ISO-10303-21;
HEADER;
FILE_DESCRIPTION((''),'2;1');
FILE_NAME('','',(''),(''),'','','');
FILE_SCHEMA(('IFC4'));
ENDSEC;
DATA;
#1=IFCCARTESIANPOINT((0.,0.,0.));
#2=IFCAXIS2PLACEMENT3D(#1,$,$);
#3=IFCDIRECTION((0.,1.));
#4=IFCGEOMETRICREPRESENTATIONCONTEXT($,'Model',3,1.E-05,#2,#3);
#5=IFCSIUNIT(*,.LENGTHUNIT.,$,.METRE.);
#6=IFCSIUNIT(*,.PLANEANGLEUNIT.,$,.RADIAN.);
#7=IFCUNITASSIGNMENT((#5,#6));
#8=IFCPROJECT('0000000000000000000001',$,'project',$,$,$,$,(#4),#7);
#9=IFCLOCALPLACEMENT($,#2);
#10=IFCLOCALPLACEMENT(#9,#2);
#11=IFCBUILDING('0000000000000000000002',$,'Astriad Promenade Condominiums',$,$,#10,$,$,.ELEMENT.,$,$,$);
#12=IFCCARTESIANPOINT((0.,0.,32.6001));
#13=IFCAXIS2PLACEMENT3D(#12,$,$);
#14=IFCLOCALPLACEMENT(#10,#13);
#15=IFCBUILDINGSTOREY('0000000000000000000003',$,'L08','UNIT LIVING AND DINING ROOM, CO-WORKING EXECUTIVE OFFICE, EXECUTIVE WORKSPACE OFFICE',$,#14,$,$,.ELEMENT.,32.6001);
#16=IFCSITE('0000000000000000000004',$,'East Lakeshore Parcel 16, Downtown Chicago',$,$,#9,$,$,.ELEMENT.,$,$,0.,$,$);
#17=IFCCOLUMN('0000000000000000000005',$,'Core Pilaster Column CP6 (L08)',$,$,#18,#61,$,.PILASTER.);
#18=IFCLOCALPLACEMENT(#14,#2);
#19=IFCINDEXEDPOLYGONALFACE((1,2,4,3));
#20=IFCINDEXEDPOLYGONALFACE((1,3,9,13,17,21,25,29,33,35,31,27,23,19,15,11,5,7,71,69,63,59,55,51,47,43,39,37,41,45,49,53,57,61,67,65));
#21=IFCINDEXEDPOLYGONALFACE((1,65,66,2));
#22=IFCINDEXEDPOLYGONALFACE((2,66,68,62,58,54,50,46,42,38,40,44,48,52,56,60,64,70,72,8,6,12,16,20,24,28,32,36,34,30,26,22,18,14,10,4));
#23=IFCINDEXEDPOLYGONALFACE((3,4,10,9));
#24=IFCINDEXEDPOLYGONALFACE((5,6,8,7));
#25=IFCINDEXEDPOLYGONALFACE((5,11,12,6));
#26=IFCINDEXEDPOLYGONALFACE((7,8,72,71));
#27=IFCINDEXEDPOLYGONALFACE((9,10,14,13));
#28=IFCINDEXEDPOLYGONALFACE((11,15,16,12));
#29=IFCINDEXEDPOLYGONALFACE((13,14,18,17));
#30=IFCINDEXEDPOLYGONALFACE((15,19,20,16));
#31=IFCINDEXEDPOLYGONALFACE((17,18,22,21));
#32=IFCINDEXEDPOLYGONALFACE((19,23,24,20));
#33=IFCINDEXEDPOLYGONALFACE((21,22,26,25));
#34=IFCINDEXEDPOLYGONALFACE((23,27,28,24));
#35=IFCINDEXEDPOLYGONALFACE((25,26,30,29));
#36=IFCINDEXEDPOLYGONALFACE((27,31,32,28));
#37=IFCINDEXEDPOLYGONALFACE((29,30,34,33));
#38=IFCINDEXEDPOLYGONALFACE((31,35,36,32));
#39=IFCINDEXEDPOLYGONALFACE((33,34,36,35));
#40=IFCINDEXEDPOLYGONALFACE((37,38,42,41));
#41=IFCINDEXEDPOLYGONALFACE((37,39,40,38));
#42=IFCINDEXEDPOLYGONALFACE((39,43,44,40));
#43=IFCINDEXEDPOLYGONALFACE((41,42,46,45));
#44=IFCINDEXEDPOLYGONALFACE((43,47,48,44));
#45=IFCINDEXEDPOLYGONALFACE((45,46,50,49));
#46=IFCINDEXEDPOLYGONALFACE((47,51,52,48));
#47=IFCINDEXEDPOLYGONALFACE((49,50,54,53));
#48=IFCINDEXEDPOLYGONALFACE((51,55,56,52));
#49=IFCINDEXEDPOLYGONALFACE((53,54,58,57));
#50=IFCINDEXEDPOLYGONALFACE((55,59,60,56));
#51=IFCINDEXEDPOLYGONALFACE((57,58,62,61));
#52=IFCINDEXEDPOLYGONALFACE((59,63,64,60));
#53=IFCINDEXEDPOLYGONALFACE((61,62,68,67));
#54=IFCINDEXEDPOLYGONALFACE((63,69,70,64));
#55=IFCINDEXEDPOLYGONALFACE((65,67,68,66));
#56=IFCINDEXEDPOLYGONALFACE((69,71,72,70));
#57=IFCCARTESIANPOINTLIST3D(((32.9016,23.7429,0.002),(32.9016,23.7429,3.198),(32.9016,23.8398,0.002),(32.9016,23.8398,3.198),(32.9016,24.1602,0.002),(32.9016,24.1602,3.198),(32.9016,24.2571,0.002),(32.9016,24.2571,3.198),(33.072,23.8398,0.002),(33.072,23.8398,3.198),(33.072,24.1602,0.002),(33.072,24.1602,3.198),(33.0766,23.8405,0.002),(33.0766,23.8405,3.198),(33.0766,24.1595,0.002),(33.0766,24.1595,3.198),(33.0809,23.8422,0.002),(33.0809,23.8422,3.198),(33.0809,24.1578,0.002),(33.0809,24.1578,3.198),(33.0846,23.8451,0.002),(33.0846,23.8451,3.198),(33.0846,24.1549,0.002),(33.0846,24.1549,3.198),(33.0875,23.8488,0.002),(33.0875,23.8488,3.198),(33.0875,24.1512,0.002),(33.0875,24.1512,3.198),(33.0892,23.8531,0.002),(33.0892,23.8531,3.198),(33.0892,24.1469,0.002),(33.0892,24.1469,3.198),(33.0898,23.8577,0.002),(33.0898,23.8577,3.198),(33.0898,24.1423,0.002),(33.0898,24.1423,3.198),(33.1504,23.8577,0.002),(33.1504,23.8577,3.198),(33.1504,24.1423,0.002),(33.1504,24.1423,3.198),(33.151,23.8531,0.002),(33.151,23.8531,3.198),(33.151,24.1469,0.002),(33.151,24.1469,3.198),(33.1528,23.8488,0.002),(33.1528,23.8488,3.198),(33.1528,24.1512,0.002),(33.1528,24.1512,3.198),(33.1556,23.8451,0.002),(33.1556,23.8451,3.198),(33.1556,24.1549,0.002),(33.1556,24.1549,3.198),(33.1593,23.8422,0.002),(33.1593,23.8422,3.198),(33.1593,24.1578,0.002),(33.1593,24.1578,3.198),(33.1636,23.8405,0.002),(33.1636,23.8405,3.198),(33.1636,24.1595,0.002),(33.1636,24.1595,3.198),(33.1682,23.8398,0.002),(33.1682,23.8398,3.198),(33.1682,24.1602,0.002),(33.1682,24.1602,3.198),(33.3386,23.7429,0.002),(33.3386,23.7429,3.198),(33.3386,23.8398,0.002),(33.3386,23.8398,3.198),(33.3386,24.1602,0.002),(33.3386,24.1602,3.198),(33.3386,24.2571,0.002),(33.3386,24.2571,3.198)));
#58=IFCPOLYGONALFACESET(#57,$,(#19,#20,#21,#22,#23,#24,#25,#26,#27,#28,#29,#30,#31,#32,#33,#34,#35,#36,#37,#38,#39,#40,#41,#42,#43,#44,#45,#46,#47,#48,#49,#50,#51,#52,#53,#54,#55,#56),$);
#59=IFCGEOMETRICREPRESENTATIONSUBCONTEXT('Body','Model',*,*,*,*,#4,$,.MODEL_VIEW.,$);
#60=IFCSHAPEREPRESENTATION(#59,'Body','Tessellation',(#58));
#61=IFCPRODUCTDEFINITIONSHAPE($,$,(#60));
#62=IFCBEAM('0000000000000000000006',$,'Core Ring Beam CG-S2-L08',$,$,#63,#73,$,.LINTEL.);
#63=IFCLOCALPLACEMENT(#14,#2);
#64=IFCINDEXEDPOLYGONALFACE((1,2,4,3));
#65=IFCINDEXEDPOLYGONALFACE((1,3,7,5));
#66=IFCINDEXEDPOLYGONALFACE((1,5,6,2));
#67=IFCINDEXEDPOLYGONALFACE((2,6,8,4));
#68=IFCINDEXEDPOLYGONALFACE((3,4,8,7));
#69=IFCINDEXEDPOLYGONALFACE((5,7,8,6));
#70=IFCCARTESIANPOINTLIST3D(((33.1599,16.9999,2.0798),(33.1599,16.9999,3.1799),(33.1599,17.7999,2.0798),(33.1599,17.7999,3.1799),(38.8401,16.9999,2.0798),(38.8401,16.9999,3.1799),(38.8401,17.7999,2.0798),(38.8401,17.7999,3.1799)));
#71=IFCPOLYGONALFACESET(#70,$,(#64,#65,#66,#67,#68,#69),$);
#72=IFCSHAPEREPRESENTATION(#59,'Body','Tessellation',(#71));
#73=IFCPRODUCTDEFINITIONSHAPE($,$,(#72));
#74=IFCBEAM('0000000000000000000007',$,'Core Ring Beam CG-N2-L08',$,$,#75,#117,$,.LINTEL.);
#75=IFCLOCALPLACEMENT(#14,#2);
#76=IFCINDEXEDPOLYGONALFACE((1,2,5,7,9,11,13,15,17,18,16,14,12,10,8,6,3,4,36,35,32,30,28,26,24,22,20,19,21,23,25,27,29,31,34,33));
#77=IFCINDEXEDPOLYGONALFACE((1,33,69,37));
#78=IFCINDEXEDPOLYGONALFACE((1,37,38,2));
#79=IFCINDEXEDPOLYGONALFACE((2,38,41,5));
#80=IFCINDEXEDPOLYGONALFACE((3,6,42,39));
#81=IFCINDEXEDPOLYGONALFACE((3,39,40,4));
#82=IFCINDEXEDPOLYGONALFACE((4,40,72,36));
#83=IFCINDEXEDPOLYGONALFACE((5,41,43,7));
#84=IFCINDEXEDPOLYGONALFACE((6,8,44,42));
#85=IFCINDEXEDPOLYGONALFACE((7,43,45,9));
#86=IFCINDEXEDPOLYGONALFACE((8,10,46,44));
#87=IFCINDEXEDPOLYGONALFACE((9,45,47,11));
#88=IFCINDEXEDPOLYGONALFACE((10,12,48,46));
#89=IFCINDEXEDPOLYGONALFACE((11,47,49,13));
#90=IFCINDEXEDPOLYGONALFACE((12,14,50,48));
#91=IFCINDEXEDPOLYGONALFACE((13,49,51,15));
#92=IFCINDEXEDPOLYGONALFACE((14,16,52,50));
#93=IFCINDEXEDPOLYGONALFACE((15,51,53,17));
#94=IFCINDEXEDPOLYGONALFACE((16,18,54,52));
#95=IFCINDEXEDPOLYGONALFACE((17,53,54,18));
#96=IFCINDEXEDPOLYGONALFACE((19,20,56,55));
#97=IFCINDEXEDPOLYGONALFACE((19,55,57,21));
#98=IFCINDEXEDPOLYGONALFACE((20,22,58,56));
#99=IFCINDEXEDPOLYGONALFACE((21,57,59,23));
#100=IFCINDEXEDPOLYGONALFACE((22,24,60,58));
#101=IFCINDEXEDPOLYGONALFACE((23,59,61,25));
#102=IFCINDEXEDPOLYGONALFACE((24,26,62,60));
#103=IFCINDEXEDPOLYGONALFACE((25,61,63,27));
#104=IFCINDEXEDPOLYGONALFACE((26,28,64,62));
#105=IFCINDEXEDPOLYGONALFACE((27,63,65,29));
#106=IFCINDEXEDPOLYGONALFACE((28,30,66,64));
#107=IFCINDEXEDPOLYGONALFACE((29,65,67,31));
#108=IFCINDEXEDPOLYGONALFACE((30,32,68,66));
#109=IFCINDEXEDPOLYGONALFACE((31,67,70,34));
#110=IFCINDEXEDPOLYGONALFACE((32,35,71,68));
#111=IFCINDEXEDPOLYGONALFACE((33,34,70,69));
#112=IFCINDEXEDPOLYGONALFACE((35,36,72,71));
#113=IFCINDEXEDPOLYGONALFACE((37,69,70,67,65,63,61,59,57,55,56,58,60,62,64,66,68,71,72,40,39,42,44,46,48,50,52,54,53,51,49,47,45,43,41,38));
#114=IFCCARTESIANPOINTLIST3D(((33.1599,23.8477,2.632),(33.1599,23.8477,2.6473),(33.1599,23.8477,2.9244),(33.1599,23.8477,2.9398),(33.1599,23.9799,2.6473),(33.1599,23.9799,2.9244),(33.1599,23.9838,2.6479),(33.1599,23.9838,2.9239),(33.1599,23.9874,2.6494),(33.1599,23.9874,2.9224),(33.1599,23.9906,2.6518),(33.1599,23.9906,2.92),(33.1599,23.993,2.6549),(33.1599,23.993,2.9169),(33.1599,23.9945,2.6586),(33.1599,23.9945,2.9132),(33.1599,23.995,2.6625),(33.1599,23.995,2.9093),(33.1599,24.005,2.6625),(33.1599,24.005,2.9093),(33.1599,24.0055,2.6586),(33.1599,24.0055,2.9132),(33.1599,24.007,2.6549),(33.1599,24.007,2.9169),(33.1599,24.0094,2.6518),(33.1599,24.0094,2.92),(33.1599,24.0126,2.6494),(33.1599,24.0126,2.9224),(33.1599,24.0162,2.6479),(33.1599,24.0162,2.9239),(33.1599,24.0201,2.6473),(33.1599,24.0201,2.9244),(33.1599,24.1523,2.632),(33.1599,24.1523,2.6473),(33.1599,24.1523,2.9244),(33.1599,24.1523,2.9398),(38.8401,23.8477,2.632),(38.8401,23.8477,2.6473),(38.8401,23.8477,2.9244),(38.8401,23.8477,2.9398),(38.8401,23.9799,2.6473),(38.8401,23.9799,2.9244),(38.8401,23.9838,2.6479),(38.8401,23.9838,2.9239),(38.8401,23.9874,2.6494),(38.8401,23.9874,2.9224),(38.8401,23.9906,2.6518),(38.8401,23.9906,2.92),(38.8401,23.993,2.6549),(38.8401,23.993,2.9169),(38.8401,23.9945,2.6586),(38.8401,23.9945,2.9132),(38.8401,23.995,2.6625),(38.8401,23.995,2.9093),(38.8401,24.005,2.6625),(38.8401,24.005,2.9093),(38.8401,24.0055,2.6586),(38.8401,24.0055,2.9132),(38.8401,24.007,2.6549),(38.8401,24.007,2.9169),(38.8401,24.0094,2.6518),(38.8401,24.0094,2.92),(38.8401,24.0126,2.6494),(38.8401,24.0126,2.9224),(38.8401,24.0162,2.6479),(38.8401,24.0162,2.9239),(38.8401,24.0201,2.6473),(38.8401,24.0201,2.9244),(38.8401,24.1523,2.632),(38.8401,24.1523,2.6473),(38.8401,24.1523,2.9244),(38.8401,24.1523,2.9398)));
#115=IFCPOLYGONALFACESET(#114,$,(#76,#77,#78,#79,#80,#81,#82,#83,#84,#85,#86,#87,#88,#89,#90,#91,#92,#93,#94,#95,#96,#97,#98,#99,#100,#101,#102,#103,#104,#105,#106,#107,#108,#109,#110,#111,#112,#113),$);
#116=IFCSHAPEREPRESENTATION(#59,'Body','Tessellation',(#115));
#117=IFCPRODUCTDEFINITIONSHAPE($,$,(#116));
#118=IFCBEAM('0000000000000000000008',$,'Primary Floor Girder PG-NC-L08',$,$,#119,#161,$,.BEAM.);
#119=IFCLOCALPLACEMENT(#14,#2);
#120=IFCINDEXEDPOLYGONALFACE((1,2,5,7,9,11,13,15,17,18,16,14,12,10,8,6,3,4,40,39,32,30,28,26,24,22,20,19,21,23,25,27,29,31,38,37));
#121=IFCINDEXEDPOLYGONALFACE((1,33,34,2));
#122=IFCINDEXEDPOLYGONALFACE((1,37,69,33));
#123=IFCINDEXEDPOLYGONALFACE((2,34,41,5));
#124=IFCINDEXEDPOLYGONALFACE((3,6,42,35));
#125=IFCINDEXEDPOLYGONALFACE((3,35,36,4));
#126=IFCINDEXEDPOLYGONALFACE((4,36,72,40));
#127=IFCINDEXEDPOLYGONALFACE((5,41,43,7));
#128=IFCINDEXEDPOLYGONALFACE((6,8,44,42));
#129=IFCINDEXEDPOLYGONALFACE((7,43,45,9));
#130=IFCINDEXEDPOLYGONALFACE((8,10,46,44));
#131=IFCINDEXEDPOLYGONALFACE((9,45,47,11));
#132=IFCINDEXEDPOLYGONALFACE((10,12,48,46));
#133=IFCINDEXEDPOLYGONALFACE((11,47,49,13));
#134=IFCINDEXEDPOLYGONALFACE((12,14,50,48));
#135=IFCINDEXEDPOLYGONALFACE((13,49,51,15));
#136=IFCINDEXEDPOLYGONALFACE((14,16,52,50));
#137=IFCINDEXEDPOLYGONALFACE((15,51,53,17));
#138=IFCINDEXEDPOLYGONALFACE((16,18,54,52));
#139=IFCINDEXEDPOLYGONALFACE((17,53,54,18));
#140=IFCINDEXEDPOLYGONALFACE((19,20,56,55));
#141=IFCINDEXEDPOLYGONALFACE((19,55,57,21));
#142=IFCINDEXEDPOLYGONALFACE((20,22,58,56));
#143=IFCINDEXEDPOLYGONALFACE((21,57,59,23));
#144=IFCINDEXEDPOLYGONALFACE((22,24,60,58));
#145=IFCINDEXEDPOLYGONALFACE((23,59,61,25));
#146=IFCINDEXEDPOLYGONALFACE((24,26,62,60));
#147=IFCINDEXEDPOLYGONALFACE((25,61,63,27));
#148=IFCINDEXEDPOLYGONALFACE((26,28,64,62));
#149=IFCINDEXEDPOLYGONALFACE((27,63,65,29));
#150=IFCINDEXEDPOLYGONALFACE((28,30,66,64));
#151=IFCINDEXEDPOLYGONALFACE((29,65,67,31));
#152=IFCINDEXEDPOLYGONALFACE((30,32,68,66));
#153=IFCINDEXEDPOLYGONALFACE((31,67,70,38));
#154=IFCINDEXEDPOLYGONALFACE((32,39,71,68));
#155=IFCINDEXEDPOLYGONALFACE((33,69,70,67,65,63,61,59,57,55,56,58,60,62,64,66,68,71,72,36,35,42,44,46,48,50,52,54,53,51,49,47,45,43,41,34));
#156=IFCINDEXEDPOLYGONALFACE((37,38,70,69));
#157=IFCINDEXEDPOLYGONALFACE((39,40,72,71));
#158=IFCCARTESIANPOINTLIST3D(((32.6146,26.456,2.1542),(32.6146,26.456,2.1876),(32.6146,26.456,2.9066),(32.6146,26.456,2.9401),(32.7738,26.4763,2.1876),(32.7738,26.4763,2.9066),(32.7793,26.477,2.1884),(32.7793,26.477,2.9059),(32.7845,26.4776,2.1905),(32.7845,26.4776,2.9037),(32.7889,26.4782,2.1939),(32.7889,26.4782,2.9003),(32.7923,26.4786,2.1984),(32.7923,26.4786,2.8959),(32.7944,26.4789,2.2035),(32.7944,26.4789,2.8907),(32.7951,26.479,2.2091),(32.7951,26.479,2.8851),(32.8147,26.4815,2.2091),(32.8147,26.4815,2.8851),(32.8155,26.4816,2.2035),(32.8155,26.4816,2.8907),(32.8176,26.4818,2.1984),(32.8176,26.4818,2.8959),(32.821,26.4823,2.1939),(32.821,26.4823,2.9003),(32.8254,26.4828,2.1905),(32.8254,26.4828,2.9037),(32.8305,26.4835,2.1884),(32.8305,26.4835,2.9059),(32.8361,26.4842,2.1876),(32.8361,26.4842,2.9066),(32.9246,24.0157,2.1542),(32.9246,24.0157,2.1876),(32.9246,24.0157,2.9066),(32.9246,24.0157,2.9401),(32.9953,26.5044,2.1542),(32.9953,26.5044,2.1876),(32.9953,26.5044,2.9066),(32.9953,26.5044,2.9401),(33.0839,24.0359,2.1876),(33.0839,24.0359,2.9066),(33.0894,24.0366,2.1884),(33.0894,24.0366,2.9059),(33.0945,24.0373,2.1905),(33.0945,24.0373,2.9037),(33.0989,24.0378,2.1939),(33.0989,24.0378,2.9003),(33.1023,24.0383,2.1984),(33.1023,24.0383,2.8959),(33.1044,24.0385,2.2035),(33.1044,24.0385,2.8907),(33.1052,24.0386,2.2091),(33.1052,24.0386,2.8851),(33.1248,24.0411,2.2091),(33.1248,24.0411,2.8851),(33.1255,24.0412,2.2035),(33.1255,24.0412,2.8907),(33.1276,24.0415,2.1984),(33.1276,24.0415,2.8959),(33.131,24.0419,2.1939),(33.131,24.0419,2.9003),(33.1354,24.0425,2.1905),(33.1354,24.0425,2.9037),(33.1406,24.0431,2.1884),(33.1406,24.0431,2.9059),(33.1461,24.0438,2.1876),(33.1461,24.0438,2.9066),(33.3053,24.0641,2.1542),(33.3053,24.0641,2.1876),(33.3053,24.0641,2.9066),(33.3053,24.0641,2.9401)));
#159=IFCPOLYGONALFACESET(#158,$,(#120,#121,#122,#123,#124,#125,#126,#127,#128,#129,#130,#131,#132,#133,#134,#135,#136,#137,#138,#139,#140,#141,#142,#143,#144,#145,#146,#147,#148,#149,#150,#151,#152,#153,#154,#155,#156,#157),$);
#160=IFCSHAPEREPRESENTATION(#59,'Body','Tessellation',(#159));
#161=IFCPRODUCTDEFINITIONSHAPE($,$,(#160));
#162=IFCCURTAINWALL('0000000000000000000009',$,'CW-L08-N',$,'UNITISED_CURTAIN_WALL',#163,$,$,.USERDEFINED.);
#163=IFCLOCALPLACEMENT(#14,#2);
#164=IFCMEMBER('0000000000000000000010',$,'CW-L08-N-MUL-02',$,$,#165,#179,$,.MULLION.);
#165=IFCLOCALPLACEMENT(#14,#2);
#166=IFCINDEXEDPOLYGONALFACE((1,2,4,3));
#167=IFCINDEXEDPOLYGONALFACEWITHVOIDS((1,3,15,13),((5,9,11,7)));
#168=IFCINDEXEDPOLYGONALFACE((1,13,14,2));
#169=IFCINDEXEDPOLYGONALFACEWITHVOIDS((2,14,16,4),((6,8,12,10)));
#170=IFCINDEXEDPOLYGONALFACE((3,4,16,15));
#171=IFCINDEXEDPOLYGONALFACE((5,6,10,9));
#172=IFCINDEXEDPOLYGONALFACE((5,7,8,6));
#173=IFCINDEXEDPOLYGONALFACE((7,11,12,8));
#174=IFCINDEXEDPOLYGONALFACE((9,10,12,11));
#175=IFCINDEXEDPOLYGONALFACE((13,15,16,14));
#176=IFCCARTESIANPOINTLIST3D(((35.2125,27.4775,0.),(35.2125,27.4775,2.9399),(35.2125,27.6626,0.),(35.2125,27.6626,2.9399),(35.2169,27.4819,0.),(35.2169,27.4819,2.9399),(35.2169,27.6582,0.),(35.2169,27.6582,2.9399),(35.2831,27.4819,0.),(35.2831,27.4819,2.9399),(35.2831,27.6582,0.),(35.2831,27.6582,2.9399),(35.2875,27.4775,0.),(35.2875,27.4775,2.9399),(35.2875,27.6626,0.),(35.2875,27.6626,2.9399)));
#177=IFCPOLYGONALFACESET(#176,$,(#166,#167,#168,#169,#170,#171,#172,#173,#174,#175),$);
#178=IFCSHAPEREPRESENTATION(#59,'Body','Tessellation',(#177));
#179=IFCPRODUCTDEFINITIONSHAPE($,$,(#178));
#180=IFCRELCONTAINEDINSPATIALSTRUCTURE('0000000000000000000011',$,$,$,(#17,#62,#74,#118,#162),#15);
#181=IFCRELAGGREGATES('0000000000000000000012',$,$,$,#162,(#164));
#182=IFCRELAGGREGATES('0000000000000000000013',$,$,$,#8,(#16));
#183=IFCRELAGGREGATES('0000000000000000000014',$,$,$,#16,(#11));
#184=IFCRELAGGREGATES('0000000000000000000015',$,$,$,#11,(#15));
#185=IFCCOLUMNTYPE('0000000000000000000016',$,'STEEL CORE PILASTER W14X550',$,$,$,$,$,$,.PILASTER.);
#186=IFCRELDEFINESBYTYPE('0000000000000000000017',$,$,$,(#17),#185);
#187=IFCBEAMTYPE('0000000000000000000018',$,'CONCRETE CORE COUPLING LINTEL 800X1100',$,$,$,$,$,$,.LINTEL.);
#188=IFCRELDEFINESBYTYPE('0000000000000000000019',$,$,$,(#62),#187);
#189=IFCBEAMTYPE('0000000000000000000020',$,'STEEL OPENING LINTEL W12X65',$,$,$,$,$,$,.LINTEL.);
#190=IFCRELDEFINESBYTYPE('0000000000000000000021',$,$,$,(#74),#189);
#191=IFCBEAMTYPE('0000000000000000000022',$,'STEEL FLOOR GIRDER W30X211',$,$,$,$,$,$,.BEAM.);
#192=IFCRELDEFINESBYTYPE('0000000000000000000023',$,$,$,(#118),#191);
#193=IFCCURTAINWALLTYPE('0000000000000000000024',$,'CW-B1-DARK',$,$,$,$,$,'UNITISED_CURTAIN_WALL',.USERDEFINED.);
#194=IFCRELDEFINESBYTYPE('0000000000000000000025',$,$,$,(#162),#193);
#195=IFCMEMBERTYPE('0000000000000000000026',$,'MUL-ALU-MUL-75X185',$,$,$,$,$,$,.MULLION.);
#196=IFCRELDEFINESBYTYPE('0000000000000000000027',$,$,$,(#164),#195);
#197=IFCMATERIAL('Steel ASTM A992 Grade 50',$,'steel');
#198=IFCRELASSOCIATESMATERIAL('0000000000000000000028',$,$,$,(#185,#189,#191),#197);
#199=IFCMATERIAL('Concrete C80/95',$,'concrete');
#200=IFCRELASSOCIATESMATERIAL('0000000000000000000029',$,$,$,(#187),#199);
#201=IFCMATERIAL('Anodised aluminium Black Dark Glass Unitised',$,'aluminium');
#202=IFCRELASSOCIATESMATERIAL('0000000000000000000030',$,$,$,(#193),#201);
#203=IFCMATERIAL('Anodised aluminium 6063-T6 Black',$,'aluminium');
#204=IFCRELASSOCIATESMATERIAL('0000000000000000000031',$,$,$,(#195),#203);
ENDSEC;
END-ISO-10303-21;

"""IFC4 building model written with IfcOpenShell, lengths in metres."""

from ifc_helpers import new_model, si_unit, direction, frame, origin, origin_2d, place, context, subcontext, project, spatial, rectangle, hollow_rectangle, i_section, extrude, source, transform, mapped, material, material_profile, profile_set, type_object, type_shapes, element, aggregate, save


model = new_model("IFC4")

# Units and contexts
model_context = context("Model", 3, precision=1e-05, world=origin(), true_north=direction((0.0, 1.0)))
body_context = subcontext(model_context, "Body", "Model", "MODEL_VIEW")
ifc_project = project(units=[si_unit("LENGTHUNIT", "METRE"), si_unit("PLANEANGLEUNIT", "RADIAN")], contexts=[model_context])

# Site, building, storey
site_placement = place(None, origin())
site = spatial("IfcSite", under=ifc_project, at=site_placement, Name="East Lakeshore Parcel 16, Downtown Chicago", CompositionType="ELEMENT", RefElevation=0.0)
building_placement = place(site_placement, origin())
building = spatial("IfcBuilding", under=site, at=building_placement, Name="Astriad Promenade Condominiums", CompositionType="ELEMENT")
storey_placement = place(building_placement, frame((0.0, 0.0, 32.6001)))
storey = spatial("IfcBuildingStorey", under=building, at=storey_placement, Name="L08", Description="UNIT LIVING AND DINING ROOM, CO-WORKING EXECUTIVE OFFICE, EXECUTIVE WORKSPACE OFFICE", CompositionType="ELEMENT", Elevation=32.6001)

# Column
ifc_material_1 = material(Name="Steel ASTM A992 Grade 50", Category="steel")
ifc_material_profile_1 = material_profile(ifc_material_1, i_section(OverallWidth=0.437, OverallDepth=0.5142, WebThickness=0.0605, FlangeThickness=0.0969, FilletRadius=0.0178, at=origin_2d()), Name="W14X550")
ifc_profile_set_1 = profile_set([ifc_material_profile_1], Name="Steel ASTM A992 Grade 50")
column_type = type_object("IfcColumnType", Name="STEEL CORE PILASTER W14X550", PredefinedType="PILASTER", material=ifc_profile_set_1)
shared_shape_1 = source(origin(), body_context, "Body", "SweptSolid", [
    extrude(i_section(OverallWidth=0.437, OverallDepth=0.5142, WebThickness=0.0605, FlangeThickness=0.0969, FilletRadius=0.0178, at=origin_2d()), origin(), (0.0, 0.0, 1.0), 3.196),
])
type_shapes(column_type, [shared_shape_1])
column_placement = place(storey_placement, frame((33.1201, 24.0, 0.002), z_axis=(0.0, 0.0, 1.0), x_axis=(1.0, 0.0, 0.0)))
element("IfcColumn", 1, at=column_placement, inside=storey, type_object=column_type, Name="Core Pilaster Column CP6 (L08)", PredefinedType="PILASTER", context=body_context, shape_type="MappedRepresentation", body=[
    mapped(shared_shape_1, transform((0.0, 0.0, 0.0), scale=1.0)),
])

# Beams
ifc_material_2 = material(Name="Concrete C80/95", Category="concrete")
ifc_material_profile_2 = material_profile(ifc_material_2, rectangle(XDim=0.8, YDim=1.1001, at=origin_2d()), Name="RC-BM-800X1100")
ifc_profile_set_2 = profile_set([ifc_material_profile_2], Name="Concrete C80/95")
beam_type_1 = type_object("IfcBeamType", Name="CONCRETE CORE COUPLING LINTEL 800X1100", PredefinedType="LINTEL", material=ifc_profile_set_2)
shared_shape_2 = source(origin(), body_context, "Body", "SweptSolid", [
    extrude(rectangle(XDim=0.8, YDim=1.1001, at=origin_2d()), origin(), (0.0, 0.0, 1.0), 5.6802),
])
type_shapes(beam_type_1, [shared_shape_2])
beam_1_placement = place(storey_placement, frame((33.1599, 17.3999, 2.6299), z_axis=(1.0, 0.0, 0.0), x_axis=(0.0, 1.0, 0.0)))
element("IfcBeam", 2, at=beam_1_placement, inside=storey, type_object=beam_type_1, Name="Core Ring Beam CG-S2-L08", PredefinedType="LINTEL", context=body_context, shape_type="MappedRepresentation", body=[
    mapped(shared_shape_2, transform((0.0, 0.0, 0.0), scale=1.0)),
])
ifc_material_profile_3 = material_profile(ifc_material_1, i_section(OverallWidth=0.3047, OverallDepth=0.3079, WebThickness=0.01, FlangeThickness=0.0154, FilletRadius=0.0151, at=origin_2d()), Name="W12X65")
ifc_profile_set_3 = profile_set([ifc_material_profile_3], Name="Steel ASTM A992 Grade 50")
beam_type_2 = type_object("IfcBeamType", Name="STEEL OPENING LINTEL W12X65", PredefinedType="LINTEL", material=ifc_profile_set_3)
shared_shape_3 = source(origin(), body_context, "Body", "SweptSolid", [
    extrude(i_section(OverallWidth=0.3047, OverallDepth=0.3079, WebThickness=0.01, FlangeThickness=0.0154, FilletRadius=0.0151, at=origin_2d()), origin(), (0.0, 0.0, 1.0), 5.6802),
])
type_shapes(beam_type_2, [shared_shape_3])
beam_2_placement = place(storey_placement, frame((33.1599, 24.0, 2.7859), z_axis=(1.0, 0.0, 0.0), x_axis=(0.0, 1.0, 0.0)))
element("IfcBeam", 3, at=beam_2_placement, inside=storey, type_object=beam_type_2, Name="Core Ring Beam CG-N2-L08", PredefinedType="LINTEL", context=body_context, shape_type="MappedRepresentation", body=[
    mapped(shared_shape_3, transform((0.0, 0.0, 0.0), scale=1.0)),
])
ifc_material_profile_4 = material_profile(ifc_material_1, i_section(OverallWidth=0.3838, OverallDepth=0.7859, WebThickness=0.0198, FlangeThickness=0.0334, FilletRadius=0.0215, at=origin_2d()), Name="W30X211")
ifc_profile_set_4 = profile_set([ifc_material_profile_4], Name="Steel ASTM A992 Grade 50")
beam_type_3 = type_object("IfcBeamType", Name="STEEL FLOOR GIRDER W30X211", PredefinedType="BEAM", material=ifc_profile_set_4)
shared_shape_4 = source(origin(), body_context, "Body", "SweptSolid", [
    extrude(i_section(OverallWidth=0.3838, OverallDepth=0.7859, WebThickness=0.0198, FlangeThickness=0.0334, FilletRadius=0.0215, at=origin_2d()), origin(), (0.0, 0.0, 1.0), 2.46),
])
type_shapes(beam_type_3, [shared_shape_4])
beam_3_placement = place(storey_placement, frame((32.8049, 26.4802, 2.5471), z_axis=(0.126038, -0.992025, 0.0), x_axis=(0.992025, 0.126038, 0.0)))
element("IfcBeam", 4, at=beam_3_placement, inside=storey, type_object=beam_type_3, Name="Primary Floor Girder PG-NC-L08", PredefinedType="BEAM", context=body_context, shape_type="MappedRepresentation", body=[
    mapped(shared_shape_4, transform((0.0, 0.0, 0.0), scale=1.0)),
])

# Curtain wall, member
ifc_material_3 = material(Name="Anodised aluminium Black Dark Glass Unitised", Category="aluminium")
curtain_wall_type = type_object("IfcCurtainWallType", Name="CW-B1-DARK", ElementType="UNITISED_CURTAIN_WALL", PredefinedType="USERDEFINED", material=ifc_material_3)
curtain_wall_placement = place(storey_placement, origin())
curtain_wall = element("IfcCurtainWall", 5, at=curtain_wall_placement, inside=storey, type_object=curtain_wall_type, Name="CW-L08-N", ObjectType="UNITISED_CURTAIN_WALL", PredefinedType="USERDEFINED")
ifc_material_4 = material(Name="Anodised aluminium 6063-T6 Black", Category="aluminium")
ifc_material_profile_5 = material_profile(ifc_material_4, hollow_rectangle(XDim=0.075, YDim=0.1851, WallThickness=0.0044, at=origin_2d()), Name="ALU-MUL-75X185")
ifc_profile_set_5 = profile_set([ifc_material_profile_5], Name="Anodised aluminium 6063-T6 Black")
member_type_1 = type_object("IfcMemberType", Name="MUL-ALU-MUL-75X185", PredefinedType="MULLION", material=ifc_profile_set_5)
shared_shape_5 = source(origin(), body_context, "Body", "SweptSolid", [
    extrude(hollow_rectangle(XDim=0.075, YDim=0.1851, WallThickness=0.0044, at=origin_2d()), origin(), (0.0, 0.0, 1.0), 2.9399),
])
type_shapes(member_type_1, [shared_shape_5])
member_1_placement = place(storey_placement, frame((35.25, 27.5701, 0.0), z_axis=(0.0, 0.0, 1.0), x_axis=(1.0, 0.0, 0.0)))
member_1 = element("IfcMember", 6, at=member_1_placement, type_object=member_type_1, Name="CW-L08-N-MUL-02", PredefinedType="MULLION", context=body_context, shape_type="MappedRepresentation", body=[
    mapped(shared_shape_5, transform((0.0, 0.0, 0.0), scale=1.0)),
])
aggregate(curtain_wall, [member_1])

save(model, "model.ifc")
